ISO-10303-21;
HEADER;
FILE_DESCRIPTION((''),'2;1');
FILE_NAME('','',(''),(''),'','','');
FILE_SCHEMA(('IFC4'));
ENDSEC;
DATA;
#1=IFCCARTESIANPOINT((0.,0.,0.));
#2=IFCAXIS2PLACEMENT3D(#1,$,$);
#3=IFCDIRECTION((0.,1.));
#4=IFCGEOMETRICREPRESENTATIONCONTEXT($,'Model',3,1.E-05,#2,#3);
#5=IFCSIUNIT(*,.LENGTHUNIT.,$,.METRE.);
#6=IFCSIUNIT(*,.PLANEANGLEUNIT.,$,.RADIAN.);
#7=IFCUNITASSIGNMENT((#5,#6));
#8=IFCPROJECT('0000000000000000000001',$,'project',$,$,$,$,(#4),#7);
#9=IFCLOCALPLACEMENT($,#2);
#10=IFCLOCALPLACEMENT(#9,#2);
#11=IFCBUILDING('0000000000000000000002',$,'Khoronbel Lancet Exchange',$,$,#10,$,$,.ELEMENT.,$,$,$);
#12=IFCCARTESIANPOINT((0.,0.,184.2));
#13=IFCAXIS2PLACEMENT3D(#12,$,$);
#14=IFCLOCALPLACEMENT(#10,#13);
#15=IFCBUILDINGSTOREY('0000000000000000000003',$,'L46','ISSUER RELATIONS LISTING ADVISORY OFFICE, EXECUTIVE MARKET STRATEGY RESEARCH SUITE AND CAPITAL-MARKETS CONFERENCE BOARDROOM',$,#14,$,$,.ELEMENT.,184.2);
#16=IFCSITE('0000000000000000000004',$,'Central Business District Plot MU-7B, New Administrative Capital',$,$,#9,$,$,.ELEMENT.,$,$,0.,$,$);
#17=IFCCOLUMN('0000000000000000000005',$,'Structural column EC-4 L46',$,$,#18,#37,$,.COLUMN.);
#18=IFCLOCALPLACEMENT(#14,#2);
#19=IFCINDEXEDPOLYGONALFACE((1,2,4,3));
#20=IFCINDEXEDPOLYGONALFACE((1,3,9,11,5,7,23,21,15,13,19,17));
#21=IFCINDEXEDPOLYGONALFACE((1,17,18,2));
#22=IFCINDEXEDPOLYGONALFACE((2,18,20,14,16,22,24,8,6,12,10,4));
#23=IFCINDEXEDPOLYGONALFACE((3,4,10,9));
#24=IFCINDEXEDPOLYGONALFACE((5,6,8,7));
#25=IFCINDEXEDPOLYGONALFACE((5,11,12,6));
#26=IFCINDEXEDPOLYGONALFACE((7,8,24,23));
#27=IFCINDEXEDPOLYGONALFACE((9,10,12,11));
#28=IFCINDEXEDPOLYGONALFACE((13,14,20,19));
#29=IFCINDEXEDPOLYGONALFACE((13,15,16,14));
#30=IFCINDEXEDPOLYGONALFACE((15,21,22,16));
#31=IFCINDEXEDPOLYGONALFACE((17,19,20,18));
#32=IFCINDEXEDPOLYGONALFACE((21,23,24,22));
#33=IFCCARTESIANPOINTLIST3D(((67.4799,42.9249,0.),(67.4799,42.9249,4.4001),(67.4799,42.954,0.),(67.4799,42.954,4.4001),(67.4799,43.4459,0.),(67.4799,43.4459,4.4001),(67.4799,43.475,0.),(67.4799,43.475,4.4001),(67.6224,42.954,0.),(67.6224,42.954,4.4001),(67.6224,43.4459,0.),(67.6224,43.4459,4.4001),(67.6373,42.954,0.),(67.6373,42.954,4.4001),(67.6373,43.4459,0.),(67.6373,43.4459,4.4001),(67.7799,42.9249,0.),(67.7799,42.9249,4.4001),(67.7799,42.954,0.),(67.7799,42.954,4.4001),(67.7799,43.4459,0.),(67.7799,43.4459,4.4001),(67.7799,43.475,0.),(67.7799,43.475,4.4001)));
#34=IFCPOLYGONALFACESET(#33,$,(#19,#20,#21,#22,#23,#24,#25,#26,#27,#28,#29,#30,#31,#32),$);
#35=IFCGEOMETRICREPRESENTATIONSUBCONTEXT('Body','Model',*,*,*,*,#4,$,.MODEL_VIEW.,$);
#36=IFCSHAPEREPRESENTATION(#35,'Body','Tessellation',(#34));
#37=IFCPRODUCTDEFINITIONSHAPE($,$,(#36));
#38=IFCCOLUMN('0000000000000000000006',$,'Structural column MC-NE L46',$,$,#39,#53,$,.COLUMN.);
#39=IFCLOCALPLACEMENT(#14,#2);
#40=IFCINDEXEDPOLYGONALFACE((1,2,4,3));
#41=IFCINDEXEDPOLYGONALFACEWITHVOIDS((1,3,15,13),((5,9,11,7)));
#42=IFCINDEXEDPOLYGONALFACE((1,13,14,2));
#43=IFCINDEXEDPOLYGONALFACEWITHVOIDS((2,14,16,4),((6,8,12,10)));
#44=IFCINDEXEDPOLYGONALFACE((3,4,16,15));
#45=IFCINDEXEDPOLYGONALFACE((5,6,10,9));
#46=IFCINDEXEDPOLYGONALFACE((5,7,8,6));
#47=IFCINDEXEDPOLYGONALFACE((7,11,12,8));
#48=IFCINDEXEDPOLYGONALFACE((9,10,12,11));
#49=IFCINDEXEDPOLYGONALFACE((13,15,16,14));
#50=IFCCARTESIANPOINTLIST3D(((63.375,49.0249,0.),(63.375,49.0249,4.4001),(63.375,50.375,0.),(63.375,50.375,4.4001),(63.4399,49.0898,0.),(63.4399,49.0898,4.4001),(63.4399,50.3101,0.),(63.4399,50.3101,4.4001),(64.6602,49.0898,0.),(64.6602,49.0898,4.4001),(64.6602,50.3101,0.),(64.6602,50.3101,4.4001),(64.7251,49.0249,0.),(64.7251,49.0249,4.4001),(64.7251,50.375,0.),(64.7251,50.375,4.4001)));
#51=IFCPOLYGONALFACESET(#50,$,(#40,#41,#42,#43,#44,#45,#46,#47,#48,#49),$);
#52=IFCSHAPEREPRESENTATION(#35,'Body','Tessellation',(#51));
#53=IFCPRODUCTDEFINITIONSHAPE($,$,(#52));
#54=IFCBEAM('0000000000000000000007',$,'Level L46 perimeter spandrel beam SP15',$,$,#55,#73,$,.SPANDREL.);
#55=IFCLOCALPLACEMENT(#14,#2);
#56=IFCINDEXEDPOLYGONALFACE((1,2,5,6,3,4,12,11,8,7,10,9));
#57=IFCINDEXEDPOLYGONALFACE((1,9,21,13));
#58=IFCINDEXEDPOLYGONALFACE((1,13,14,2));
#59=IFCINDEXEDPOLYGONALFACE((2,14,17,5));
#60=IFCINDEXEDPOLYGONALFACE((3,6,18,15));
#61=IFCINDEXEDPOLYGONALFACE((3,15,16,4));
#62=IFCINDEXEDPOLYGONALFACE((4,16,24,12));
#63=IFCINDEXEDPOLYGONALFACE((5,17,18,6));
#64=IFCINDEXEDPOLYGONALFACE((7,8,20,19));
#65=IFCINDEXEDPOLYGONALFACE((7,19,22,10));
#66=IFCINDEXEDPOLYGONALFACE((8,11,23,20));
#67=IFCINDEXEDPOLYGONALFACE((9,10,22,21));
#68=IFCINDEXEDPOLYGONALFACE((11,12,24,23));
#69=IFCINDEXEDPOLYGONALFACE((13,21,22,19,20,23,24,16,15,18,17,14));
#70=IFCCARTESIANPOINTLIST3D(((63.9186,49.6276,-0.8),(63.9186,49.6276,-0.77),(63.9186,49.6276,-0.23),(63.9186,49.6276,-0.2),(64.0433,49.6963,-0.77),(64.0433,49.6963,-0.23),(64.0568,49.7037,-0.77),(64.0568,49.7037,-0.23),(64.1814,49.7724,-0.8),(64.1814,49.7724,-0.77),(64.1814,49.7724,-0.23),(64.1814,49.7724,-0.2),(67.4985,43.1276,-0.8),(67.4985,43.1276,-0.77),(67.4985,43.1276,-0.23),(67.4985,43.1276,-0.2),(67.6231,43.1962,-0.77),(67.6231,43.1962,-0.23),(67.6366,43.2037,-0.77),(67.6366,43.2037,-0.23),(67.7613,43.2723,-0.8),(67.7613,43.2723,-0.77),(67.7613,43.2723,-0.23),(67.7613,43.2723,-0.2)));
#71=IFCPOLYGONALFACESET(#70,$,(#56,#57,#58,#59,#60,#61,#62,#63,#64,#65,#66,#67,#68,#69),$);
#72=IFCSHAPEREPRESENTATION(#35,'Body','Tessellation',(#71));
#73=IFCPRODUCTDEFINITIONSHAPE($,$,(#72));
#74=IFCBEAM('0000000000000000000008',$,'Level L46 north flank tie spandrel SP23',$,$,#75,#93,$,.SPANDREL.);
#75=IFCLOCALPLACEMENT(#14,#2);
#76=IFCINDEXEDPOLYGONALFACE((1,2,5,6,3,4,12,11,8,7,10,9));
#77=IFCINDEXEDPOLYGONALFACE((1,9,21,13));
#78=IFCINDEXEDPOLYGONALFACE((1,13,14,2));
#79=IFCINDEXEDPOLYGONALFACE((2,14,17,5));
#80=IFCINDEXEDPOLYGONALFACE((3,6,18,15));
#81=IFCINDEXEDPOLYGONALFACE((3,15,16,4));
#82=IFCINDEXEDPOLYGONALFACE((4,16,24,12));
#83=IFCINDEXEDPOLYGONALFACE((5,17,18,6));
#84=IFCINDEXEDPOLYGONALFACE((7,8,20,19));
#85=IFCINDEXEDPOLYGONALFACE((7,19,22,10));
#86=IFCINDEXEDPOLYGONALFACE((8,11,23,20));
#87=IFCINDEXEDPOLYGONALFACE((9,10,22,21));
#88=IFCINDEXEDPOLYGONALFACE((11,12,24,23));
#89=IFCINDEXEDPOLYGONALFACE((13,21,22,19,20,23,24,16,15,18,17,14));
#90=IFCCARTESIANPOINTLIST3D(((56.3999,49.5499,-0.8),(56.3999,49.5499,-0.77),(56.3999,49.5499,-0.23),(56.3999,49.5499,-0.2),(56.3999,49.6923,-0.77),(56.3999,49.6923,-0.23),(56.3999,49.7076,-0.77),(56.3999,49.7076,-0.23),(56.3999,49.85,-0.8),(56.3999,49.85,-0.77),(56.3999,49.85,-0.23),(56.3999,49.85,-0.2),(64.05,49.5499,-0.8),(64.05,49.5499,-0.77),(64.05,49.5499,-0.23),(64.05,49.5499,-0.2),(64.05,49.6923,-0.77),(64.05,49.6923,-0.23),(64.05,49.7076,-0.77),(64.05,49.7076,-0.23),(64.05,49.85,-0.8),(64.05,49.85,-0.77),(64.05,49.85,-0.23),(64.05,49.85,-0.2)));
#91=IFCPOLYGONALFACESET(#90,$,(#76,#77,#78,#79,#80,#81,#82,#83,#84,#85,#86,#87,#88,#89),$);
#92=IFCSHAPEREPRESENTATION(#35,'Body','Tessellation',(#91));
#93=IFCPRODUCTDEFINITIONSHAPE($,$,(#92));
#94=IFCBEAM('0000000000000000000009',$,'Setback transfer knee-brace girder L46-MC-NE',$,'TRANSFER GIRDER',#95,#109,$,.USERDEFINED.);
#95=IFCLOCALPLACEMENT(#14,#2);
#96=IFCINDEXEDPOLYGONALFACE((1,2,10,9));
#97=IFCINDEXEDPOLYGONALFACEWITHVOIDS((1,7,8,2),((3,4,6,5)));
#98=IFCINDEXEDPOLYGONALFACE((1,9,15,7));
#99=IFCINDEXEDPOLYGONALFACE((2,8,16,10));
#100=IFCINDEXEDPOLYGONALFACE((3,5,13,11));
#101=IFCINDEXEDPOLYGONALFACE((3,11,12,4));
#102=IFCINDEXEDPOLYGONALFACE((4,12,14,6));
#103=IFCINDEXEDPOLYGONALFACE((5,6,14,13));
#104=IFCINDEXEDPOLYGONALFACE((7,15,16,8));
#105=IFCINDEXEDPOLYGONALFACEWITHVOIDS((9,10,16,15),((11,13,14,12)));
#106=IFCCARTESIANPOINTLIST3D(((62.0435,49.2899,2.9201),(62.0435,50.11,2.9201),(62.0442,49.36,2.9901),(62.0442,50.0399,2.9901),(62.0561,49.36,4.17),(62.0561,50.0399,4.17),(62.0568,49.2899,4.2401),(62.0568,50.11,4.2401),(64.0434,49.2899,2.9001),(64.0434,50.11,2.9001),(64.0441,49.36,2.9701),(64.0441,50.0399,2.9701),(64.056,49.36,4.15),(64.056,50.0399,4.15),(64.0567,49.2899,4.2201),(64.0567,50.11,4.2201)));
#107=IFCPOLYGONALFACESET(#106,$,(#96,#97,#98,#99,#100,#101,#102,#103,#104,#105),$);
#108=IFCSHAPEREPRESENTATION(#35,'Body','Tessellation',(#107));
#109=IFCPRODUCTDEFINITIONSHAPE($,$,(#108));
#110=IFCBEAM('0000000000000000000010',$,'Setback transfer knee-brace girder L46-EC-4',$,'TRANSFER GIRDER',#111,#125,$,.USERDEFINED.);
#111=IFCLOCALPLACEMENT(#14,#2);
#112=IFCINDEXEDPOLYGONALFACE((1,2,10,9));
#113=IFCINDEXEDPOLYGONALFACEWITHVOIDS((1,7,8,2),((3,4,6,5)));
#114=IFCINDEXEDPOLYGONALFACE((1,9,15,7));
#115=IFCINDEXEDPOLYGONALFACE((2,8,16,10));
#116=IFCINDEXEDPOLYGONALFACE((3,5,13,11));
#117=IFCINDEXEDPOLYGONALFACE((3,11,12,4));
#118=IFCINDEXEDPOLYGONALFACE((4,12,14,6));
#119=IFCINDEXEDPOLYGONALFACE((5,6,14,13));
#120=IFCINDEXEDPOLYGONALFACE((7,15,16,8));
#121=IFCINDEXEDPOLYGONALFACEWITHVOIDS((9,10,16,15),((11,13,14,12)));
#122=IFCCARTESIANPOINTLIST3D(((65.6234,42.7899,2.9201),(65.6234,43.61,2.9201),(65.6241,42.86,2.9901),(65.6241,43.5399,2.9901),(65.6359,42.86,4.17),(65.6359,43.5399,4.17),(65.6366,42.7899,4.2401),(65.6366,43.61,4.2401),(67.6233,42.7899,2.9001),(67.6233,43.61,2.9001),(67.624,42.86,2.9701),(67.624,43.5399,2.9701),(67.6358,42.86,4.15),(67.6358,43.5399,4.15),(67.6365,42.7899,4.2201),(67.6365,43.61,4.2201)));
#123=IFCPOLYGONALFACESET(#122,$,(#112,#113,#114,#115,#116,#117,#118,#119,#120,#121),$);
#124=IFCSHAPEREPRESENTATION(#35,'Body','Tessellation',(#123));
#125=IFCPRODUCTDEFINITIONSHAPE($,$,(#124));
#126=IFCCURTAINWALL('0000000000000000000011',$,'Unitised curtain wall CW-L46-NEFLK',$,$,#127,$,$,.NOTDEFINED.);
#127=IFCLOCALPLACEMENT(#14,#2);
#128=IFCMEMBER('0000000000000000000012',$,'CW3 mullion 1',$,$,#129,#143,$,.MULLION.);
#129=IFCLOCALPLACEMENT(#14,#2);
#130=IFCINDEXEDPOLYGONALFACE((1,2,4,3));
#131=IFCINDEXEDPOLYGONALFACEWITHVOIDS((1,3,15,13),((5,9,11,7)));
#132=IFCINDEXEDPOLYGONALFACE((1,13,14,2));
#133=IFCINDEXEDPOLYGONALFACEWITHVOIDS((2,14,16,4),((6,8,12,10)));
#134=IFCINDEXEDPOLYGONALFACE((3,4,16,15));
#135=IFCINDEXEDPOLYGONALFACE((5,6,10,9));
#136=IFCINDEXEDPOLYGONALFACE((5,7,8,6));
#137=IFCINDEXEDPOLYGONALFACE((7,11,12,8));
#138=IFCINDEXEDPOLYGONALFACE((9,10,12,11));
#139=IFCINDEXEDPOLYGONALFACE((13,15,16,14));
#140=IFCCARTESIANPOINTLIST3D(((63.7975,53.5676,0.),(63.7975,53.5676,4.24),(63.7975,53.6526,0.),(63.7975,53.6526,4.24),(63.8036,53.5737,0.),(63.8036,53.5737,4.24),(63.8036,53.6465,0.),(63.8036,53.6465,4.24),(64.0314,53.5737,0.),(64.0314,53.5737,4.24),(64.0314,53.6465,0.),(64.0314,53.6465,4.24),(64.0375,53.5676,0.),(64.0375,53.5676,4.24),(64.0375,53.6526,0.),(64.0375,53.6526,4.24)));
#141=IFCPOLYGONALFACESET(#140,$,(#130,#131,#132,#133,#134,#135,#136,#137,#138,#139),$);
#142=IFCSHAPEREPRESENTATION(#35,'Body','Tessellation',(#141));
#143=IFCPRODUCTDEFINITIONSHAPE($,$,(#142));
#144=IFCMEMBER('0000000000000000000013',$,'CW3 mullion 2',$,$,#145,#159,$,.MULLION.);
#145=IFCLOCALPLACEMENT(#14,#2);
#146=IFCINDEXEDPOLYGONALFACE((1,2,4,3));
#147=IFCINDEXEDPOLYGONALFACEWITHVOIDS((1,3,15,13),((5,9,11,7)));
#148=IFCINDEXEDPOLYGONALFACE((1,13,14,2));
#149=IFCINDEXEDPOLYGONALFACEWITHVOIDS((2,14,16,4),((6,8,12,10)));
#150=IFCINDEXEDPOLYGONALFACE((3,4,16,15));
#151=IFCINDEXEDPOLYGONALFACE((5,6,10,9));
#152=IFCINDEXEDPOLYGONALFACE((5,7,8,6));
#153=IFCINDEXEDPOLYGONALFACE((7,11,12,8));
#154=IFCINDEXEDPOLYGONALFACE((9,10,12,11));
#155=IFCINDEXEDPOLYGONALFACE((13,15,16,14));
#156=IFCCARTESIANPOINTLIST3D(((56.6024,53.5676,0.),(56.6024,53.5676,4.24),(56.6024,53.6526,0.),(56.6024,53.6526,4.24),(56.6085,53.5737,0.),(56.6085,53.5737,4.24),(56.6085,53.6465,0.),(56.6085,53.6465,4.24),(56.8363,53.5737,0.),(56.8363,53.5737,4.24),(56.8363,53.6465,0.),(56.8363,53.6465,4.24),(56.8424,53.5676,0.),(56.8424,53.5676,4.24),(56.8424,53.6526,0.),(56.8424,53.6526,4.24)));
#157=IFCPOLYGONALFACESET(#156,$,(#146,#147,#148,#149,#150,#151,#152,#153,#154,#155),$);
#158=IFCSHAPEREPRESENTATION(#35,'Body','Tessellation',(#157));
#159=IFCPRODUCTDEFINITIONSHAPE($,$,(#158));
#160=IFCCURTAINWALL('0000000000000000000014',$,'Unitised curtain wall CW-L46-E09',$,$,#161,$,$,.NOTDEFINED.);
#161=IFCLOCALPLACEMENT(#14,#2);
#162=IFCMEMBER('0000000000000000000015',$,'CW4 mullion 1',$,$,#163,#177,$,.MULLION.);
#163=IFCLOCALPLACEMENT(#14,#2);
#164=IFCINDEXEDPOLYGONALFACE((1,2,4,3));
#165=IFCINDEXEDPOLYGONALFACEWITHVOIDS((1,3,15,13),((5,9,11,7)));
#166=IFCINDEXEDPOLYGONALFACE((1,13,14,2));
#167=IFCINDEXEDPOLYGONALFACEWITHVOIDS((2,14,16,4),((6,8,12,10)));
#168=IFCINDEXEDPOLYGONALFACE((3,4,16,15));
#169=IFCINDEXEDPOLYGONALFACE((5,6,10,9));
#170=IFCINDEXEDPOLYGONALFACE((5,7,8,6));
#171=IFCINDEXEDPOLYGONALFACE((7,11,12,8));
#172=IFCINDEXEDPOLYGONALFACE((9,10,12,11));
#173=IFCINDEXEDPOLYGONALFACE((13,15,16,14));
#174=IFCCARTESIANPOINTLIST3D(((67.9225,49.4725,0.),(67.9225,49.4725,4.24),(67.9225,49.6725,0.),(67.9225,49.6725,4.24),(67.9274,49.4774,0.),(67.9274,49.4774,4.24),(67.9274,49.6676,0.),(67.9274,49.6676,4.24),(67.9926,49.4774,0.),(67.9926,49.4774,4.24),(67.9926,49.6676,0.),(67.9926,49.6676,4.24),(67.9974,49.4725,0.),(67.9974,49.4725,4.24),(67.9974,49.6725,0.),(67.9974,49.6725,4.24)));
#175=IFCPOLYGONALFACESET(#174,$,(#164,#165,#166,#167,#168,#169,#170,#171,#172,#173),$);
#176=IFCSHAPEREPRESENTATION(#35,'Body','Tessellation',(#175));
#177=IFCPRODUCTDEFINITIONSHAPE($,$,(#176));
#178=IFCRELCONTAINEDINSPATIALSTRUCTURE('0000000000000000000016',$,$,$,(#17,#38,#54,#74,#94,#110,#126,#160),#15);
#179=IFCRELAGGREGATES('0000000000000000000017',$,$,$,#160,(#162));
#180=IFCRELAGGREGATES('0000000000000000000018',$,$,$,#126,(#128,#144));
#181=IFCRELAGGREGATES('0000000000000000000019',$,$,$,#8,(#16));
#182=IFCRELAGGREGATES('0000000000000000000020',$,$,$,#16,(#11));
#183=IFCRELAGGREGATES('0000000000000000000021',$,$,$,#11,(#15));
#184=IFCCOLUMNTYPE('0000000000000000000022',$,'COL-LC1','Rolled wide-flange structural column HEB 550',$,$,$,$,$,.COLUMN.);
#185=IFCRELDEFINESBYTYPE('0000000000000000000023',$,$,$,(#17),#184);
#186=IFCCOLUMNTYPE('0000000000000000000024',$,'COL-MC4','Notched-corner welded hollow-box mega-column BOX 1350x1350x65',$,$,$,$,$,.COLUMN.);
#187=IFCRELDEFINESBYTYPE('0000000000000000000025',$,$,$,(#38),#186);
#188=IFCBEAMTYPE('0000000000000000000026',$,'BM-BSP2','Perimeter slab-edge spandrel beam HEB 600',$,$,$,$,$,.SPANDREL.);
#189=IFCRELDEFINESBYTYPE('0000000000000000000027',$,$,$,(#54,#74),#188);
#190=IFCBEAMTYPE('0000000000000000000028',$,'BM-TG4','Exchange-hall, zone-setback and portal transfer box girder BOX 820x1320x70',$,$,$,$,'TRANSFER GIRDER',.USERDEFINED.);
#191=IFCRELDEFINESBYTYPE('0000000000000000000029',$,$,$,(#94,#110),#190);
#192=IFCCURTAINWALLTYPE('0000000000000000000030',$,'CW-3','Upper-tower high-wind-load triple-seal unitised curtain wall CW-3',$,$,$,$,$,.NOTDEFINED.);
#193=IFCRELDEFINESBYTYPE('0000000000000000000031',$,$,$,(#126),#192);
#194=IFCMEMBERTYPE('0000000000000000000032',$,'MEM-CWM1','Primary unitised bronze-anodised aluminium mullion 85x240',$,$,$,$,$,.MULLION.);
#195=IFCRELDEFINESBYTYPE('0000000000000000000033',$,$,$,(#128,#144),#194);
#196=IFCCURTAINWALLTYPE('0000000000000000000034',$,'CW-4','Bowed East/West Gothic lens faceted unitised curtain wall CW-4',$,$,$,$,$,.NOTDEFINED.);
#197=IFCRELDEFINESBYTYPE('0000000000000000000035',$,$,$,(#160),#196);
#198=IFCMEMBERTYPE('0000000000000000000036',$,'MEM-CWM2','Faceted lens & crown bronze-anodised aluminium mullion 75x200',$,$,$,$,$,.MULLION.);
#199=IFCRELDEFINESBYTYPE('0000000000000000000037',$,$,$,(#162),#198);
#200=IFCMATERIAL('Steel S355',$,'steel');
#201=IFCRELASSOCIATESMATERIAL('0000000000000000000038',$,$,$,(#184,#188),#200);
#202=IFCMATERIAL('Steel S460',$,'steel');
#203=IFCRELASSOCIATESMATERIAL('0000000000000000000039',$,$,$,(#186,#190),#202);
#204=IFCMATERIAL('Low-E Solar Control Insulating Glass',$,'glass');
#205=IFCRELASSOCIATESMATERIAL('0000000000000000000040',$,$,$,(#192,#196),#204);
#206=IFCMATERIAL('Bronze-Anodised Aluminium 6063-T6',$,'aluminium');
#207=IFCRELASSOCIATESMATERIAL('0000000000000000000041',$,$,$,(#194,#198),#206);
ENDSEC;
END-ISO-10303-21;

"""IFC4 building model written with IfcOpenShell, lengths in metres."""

from ifc_helpers import new_model, si_unit, direction, frame, origin, origin_2d, place, context, subcontext, project, spatial, hollow_rectangle, i_section, extrude, material, material_profile, profile_set, type_object, element, aggregate, save


model = new_model("IFC4")

# Units and contexts
model_context = context("Model", 3, precision=1e-05, world=origin(), true_north=direction((0.0, 1.0)))
body_context = subcontext(model_context, "Body", "Model", "MODEL_VIEW")
ifc_project = project(units=[si_unit("LENGTHUNIT", "METRE"), si_unit("PLANEANGLEUNIT", "RADIAN")], contexts=[model_context])

# Site, building, storey
site_placement = place(None, origin())
site = spatial("IfcSite", under=ifc_project, at=site_placement, Name="Central Business District Plot MU-7B, New Administrative Capital", CompositionType="ELEMENT", RefElevation=0.0)
building_placement = place(site_placement, origin())
building = spatial("IfcBuilding", under=site, at=building_placement, Name="Khoronbel Lancet Exchange", CompositionType="ELEMENT")
storey_placement = place(building_placement, frame((0.0, 0.0, 184.2)))
storey = spatial("IfcBuildingStorey", under=building, at=storey_placement, Name="L46", Description="ISSUER RELATIONS LISTING ADVISORY OFFICE, EXECUTIVE MARKET STRATEGY RESEARCH SUITE AND CAPITAL-MARKETS CONFERENCE BOARDROOM", CompositionType="ELEMENT", Elevation=184.2)

# Columns
ifc_material_1 = material(Name="Steel S355", Category="steel")
ifc_material_profile_1 = material_profile(ifc_material_1, i_section(OverallWidth=0.3, OverallDepth=0.55, WebThickness=0.0149, FlangeThickness=0.0291, at=origin_2d()), Name="HEB 550")
ifc_profile_set_1 = profile_set([ifc_material_profile_1], Name="Steel S355")
column_type_1 = type_object("IfcColumnType", Name="COL-LC1", Description="Rolled wide-flange structural column HEB 550", PredefinedType="COLUMN", material=ifc_profile_set_1)
column_1_placement = place(storey_placement, frame((67.6299, 43.2, 0.0), z_axis=(0.0, 0.0, 1.0), x_axis=(1.0, 0.0, 0.0)))
element("IfcColumn", 1, at=column_1_placement, inside=storey, type_object=column_type_1, Name="Structural column EC-4 L46", PredefinedType="COLUMN", context=body_context, shape_type="SweptSolid", body=[
    extrude(i_section(OverallWidth=0.3, OverallDepth=0.55, WebThickness=0.0149, FlangeThickness=0.0291, at=origin_2d()), origin(), (0.0, 0.0, 1.0), 4.4001),
])
ifc_material_2 = material(Name="Steel S460", Category="steel")
ifc_material_profile_2 = material_profile(ifc_material_2, hollow_rectangle(XDim=1.3501, YDim=1.3501, WallThickness=0.0649, at=origin_2d()), Name="BOX 1350x1350x65")
ifc_profile_set_2 = profile_set([ifc_material_profile_2], Name="Steel S460")
column_type_2 = type_object("IfcColumnType", Name="COL-MC4", Description="Notched-corner welded hollow-box mega-column BOX 1350x1350x65", PredefinedType="COLUMN", material=ifc_profile_set_2)
column_2_placement = place(storey_placement, frame((64.05, 49.7, 0.0), z_axis=(0.0, 0.0, 1.0), x_axis=(1.0, 0.0, 0.0)))
element("IfcColumn", 2, at=column_2_placement, inside=storey, type_object=column_type_2, Name="Structural column MC-NE L46", PredefinedType="COLUMN", context=body_context, shape_type="SweptSolid", body=[
    extrude(hollow_rectangle(XDim=1.3501, YDim=1.3501, WallThickness=0.0649, at=origin_2d()), origin(), (0.0, 0.0, 1.0), 4.4001),
])

# Beams
ifc_material_profile_3 = material_profile(ifc_material_1, i_section(OverallWidth=0.3, OverallDepth=0.6001, WebThickness=0.0154, FlangeThickness=0.03, at=origin_2d()), Name="HEB 600")
ifc_profile_set_3 = profile_set([ifc_material_profile_3], Name="Steel S355")
beam_type_1 = type_object("IfcBeamType", Name="BM-BSP2", Description="Perimeter slab-edge spandrel beam HEB 600", PredefinedType="SPANDREL", material=ifc_profile_set_3)
beam_1_placement = place(storey_placement, frame((67.6299, 43.2, -0.5), z_axis=(-0.482419, 0.875941, 0.0), x_axis=(-0.875941, -0.482419, 0.0)))
element("IfcBeam", 3, at=beam_1_placement, inside=storey, type_object=beam_type_1, Name="Level L46 perimeter spandrel beam SP15", PredefinedType="SPANDREL", context=body_context, shape_type="SweptSolid", body=[
    extrude(i_section(OverallWidth=0.3, OverallDepth=0.6001, WebThickness=0.0154, FlangeThickness=0.03, at=origin_2d()), origin(), (0.0, 0.0, 1.0), 7.4207),
])
beam_2_placement = place(storey_placement, frame((64.05, 49.7, -0.5), z_axis=(-1.0, 0.0, 0.0), x_axis=(0.0, -1.0, 0.0)))
element("IfcBeam", 4, at=beam_2_placement, inside=storey, type_object=beam_type_1, Name="Level L46 north flank tie spandrel SP23", PredefinedType="SPANDREL", context=body_context, shape_type="SweptSolid", body=[
    extrude(i_section(OverallWidth=0.3, OverallDepth=0.6001, WebThickness=0.0154, FlangeThickness=0.03, at=origin_2d()), origin(), (0.0, 0.0, 1.0), 7.6501),
])
ifc_material_profile_4 = material_profile(ifc_material_2, hollow_rectangle(XDim=0.8201, YDim=1.3201, WallThickness=0.0701, at=origin_2d()), Name="BOX 820x1320x70")
ifc_profile_set_4 = profile_set([ifc_material_profile_4], Name="Steel S460")
beam_type_2 = type_object("IfcBeamType", Name="BM-TG4", Description="Exchange-hall, zone-setback and portal transfer box girder BOX 820x1320x70", ElementType="TRANSFER GIRDER", PredefinedType="USERDEFINED", material=ifc_profile_set_4)
for number, where, z_axis, x_axis, name in (
    (5, (64.05, 49.7, 3.5601), (-0.99995, 0.0, 0.010009), (0.0, -1.0, 0.0), "Setback transfer knee-brace girder L46-MC-NE"),
    (6, (67.6299, 43.2, 3.5601), (-0.99995, 0.0, 0.010009), (0.0, -1.0, 0.0), "Setback transfer knee-brace girder L46-EC-4"),
):
    element("IfcBeam", number, at=place(storey_placement, frame(where, z_axis=z_axis, x_axis=x_axis)), inside=storey, type_object=beam_type_2, Name=name, ObjectType="TRANSFER GIRDER", PredefinedType="USERDEFINED", context=body_context, shape_type="SweptSolid", body=[
        extrude(hollow_rectangle(XDim=0.8201, YDim=1.3201, WallThickness=0.0701, at=origin_2d()), origin(), (0.0, 0.0, 1.0), 2.0),
    ])

# Curtain wall, members
ifc_material_3 = material(Name="Low-E Solar Control Insulating Glass", Category="glass")
curtain_wall_type_1 = type_object("IfcCurtainWallType", Name="CW-3", Description="Upper-tower high-wind-load triple-seal unitised curtain wall CW-3", PredefinedType="NOTDEFINED", material=ifc_material_3)
curtain_wall_1_placement = place(storey_placement, origin())
curtain_wall_1 = element("IfcCurtainWall", 7, at=curtain_wall_1_placement, inside=storey, type_object=curtain_wall_type_1, Name="Unitised curtain wall CW-L46-NEFLK", PredefinedType="NOTDEFINED")
ifc_material_4 = material(Name="Bronze-Anodised Aluminium 6063-T6", Category="aluminium")
ifc_material_profile_5 = material_profile(ifc_material_4, hollow_rectangle(XDim=0.085, YDim=0.24, WallThickness=0.0061, at=origin_2d()), Name="ALU MULLION 85x240")
ifc_profile_set_5 = profile_set([ifc_material_profile_5], Name="Bronze-Anodised Aluminium 6063-T6")
member_type_1 = type_object("IfcMemberType", Name="MEM-CWM1", Description="Primary unitised bronze-anodised aluminium mullion 85x240", PredefinedType="MULLION", material=ifc_profile_set_5)
member_1_placement = place(storey_placement, frame((63.9175, 53.6101, 0.0), z_axis=(0.0, 0.0, 1.0), x_axis=(0.0, -1.0, 0.0)))
member_1 = element("IfcMember", 8, at=member_1_placement, type_object=member_type_1, Name="CW3 mullion 1", PredefinedType="MULLION", context=body_context, shape_type="SweptSolid", body=[
    extrude(hollow_rectangle(XDim=0.085, YDim=0.24, WallThickness=0.0061, at=origin_2d()), origin(), (0.0, 0.0, 1.0), 4.24),
])
member_2_placement = place(storey_placement, frame((56.7224, 53.6101, 0.0), z_axis=(0.0, 0.0, 1.0), x_axis=(0.0, -1.0, 0.0)))
member_2 = element("IfcMember", 9, at=member_2_placement, type_object=member_type_1, Name="CW3 mullion 2", PredefinedType="MULLION", context=body_context, shape_type="SweptSolid", body=[
    extrude(hollow_rectangle(XDim=0.085, YDim=0.24, WallThickness=0.0061, at=origin_2d()), origin(), (0.0, 0.0, 1.0), 4.24),
])

# Curtain wall, member
curtain_wall_type_2 = type_object("IfcCurtainWallType", Name="CW-4", Description="Bowed East/West Gothic lens faceted unitised curtain wall CW-4", PredefinedType="NOTDEFINED", material=ifc_material_3)
curtain_wall_2_placement = place(storey_placement, origin())
curtain_wall_2 = element("IfcCurtainWall", 10, at=curtain_wall_2_placement, inside=storey, type_object=curtain_wall_type_2, Name="Unitised curtain wall CW-L46-E09", PredefinedType="NOTDEFINED")
ifc_material_profile_6 = material_profile(ifc_material_4, hollow_rectangle(XDim=0.075, YDim=0.2, WallThickness=0.0049, at=origin_2d()), Name="ALU MULLION 75x200")
ifc_profile_set_6 = profile_set([ifc_material_profile_6], Name="Bronze-Anodised Aluminium 6063-T6")
member_type_2 = type_object("IfcMemberType", Name="MEM-CWM2", Description="Faceted lens & crown bronze-anodised aluminium mullion 75x200", PredefinedType="MULLION", material=ifc_profile_set_6)
member_3_placement = place(storey_placement, frame((67.96, 49.5725, 0.0), z_axis=(0.0, 0.0, 1.0), x_axis=(1.0, 0.0, 0.0)))
member_3 = element("IfcMember", 11, at=member_3_placement, type_object=member_type_2, Name="CW4 mullion 1", PredefinedType="MULLION", context=body_context, shape_type="SweptSolid", body=[
    extrude(hollow_rectangle(XDim=0.075, YDim=0.2, WallThickness=0.0049, at=origin_2d()), origin(), (0.0, 0.0, 1.0), 4.24),
])

aggregate(curtain_wall_2, [member_3])
aggregate(curtain_wall_1, [member_1, member_2])

save(model, "model.ifc")
